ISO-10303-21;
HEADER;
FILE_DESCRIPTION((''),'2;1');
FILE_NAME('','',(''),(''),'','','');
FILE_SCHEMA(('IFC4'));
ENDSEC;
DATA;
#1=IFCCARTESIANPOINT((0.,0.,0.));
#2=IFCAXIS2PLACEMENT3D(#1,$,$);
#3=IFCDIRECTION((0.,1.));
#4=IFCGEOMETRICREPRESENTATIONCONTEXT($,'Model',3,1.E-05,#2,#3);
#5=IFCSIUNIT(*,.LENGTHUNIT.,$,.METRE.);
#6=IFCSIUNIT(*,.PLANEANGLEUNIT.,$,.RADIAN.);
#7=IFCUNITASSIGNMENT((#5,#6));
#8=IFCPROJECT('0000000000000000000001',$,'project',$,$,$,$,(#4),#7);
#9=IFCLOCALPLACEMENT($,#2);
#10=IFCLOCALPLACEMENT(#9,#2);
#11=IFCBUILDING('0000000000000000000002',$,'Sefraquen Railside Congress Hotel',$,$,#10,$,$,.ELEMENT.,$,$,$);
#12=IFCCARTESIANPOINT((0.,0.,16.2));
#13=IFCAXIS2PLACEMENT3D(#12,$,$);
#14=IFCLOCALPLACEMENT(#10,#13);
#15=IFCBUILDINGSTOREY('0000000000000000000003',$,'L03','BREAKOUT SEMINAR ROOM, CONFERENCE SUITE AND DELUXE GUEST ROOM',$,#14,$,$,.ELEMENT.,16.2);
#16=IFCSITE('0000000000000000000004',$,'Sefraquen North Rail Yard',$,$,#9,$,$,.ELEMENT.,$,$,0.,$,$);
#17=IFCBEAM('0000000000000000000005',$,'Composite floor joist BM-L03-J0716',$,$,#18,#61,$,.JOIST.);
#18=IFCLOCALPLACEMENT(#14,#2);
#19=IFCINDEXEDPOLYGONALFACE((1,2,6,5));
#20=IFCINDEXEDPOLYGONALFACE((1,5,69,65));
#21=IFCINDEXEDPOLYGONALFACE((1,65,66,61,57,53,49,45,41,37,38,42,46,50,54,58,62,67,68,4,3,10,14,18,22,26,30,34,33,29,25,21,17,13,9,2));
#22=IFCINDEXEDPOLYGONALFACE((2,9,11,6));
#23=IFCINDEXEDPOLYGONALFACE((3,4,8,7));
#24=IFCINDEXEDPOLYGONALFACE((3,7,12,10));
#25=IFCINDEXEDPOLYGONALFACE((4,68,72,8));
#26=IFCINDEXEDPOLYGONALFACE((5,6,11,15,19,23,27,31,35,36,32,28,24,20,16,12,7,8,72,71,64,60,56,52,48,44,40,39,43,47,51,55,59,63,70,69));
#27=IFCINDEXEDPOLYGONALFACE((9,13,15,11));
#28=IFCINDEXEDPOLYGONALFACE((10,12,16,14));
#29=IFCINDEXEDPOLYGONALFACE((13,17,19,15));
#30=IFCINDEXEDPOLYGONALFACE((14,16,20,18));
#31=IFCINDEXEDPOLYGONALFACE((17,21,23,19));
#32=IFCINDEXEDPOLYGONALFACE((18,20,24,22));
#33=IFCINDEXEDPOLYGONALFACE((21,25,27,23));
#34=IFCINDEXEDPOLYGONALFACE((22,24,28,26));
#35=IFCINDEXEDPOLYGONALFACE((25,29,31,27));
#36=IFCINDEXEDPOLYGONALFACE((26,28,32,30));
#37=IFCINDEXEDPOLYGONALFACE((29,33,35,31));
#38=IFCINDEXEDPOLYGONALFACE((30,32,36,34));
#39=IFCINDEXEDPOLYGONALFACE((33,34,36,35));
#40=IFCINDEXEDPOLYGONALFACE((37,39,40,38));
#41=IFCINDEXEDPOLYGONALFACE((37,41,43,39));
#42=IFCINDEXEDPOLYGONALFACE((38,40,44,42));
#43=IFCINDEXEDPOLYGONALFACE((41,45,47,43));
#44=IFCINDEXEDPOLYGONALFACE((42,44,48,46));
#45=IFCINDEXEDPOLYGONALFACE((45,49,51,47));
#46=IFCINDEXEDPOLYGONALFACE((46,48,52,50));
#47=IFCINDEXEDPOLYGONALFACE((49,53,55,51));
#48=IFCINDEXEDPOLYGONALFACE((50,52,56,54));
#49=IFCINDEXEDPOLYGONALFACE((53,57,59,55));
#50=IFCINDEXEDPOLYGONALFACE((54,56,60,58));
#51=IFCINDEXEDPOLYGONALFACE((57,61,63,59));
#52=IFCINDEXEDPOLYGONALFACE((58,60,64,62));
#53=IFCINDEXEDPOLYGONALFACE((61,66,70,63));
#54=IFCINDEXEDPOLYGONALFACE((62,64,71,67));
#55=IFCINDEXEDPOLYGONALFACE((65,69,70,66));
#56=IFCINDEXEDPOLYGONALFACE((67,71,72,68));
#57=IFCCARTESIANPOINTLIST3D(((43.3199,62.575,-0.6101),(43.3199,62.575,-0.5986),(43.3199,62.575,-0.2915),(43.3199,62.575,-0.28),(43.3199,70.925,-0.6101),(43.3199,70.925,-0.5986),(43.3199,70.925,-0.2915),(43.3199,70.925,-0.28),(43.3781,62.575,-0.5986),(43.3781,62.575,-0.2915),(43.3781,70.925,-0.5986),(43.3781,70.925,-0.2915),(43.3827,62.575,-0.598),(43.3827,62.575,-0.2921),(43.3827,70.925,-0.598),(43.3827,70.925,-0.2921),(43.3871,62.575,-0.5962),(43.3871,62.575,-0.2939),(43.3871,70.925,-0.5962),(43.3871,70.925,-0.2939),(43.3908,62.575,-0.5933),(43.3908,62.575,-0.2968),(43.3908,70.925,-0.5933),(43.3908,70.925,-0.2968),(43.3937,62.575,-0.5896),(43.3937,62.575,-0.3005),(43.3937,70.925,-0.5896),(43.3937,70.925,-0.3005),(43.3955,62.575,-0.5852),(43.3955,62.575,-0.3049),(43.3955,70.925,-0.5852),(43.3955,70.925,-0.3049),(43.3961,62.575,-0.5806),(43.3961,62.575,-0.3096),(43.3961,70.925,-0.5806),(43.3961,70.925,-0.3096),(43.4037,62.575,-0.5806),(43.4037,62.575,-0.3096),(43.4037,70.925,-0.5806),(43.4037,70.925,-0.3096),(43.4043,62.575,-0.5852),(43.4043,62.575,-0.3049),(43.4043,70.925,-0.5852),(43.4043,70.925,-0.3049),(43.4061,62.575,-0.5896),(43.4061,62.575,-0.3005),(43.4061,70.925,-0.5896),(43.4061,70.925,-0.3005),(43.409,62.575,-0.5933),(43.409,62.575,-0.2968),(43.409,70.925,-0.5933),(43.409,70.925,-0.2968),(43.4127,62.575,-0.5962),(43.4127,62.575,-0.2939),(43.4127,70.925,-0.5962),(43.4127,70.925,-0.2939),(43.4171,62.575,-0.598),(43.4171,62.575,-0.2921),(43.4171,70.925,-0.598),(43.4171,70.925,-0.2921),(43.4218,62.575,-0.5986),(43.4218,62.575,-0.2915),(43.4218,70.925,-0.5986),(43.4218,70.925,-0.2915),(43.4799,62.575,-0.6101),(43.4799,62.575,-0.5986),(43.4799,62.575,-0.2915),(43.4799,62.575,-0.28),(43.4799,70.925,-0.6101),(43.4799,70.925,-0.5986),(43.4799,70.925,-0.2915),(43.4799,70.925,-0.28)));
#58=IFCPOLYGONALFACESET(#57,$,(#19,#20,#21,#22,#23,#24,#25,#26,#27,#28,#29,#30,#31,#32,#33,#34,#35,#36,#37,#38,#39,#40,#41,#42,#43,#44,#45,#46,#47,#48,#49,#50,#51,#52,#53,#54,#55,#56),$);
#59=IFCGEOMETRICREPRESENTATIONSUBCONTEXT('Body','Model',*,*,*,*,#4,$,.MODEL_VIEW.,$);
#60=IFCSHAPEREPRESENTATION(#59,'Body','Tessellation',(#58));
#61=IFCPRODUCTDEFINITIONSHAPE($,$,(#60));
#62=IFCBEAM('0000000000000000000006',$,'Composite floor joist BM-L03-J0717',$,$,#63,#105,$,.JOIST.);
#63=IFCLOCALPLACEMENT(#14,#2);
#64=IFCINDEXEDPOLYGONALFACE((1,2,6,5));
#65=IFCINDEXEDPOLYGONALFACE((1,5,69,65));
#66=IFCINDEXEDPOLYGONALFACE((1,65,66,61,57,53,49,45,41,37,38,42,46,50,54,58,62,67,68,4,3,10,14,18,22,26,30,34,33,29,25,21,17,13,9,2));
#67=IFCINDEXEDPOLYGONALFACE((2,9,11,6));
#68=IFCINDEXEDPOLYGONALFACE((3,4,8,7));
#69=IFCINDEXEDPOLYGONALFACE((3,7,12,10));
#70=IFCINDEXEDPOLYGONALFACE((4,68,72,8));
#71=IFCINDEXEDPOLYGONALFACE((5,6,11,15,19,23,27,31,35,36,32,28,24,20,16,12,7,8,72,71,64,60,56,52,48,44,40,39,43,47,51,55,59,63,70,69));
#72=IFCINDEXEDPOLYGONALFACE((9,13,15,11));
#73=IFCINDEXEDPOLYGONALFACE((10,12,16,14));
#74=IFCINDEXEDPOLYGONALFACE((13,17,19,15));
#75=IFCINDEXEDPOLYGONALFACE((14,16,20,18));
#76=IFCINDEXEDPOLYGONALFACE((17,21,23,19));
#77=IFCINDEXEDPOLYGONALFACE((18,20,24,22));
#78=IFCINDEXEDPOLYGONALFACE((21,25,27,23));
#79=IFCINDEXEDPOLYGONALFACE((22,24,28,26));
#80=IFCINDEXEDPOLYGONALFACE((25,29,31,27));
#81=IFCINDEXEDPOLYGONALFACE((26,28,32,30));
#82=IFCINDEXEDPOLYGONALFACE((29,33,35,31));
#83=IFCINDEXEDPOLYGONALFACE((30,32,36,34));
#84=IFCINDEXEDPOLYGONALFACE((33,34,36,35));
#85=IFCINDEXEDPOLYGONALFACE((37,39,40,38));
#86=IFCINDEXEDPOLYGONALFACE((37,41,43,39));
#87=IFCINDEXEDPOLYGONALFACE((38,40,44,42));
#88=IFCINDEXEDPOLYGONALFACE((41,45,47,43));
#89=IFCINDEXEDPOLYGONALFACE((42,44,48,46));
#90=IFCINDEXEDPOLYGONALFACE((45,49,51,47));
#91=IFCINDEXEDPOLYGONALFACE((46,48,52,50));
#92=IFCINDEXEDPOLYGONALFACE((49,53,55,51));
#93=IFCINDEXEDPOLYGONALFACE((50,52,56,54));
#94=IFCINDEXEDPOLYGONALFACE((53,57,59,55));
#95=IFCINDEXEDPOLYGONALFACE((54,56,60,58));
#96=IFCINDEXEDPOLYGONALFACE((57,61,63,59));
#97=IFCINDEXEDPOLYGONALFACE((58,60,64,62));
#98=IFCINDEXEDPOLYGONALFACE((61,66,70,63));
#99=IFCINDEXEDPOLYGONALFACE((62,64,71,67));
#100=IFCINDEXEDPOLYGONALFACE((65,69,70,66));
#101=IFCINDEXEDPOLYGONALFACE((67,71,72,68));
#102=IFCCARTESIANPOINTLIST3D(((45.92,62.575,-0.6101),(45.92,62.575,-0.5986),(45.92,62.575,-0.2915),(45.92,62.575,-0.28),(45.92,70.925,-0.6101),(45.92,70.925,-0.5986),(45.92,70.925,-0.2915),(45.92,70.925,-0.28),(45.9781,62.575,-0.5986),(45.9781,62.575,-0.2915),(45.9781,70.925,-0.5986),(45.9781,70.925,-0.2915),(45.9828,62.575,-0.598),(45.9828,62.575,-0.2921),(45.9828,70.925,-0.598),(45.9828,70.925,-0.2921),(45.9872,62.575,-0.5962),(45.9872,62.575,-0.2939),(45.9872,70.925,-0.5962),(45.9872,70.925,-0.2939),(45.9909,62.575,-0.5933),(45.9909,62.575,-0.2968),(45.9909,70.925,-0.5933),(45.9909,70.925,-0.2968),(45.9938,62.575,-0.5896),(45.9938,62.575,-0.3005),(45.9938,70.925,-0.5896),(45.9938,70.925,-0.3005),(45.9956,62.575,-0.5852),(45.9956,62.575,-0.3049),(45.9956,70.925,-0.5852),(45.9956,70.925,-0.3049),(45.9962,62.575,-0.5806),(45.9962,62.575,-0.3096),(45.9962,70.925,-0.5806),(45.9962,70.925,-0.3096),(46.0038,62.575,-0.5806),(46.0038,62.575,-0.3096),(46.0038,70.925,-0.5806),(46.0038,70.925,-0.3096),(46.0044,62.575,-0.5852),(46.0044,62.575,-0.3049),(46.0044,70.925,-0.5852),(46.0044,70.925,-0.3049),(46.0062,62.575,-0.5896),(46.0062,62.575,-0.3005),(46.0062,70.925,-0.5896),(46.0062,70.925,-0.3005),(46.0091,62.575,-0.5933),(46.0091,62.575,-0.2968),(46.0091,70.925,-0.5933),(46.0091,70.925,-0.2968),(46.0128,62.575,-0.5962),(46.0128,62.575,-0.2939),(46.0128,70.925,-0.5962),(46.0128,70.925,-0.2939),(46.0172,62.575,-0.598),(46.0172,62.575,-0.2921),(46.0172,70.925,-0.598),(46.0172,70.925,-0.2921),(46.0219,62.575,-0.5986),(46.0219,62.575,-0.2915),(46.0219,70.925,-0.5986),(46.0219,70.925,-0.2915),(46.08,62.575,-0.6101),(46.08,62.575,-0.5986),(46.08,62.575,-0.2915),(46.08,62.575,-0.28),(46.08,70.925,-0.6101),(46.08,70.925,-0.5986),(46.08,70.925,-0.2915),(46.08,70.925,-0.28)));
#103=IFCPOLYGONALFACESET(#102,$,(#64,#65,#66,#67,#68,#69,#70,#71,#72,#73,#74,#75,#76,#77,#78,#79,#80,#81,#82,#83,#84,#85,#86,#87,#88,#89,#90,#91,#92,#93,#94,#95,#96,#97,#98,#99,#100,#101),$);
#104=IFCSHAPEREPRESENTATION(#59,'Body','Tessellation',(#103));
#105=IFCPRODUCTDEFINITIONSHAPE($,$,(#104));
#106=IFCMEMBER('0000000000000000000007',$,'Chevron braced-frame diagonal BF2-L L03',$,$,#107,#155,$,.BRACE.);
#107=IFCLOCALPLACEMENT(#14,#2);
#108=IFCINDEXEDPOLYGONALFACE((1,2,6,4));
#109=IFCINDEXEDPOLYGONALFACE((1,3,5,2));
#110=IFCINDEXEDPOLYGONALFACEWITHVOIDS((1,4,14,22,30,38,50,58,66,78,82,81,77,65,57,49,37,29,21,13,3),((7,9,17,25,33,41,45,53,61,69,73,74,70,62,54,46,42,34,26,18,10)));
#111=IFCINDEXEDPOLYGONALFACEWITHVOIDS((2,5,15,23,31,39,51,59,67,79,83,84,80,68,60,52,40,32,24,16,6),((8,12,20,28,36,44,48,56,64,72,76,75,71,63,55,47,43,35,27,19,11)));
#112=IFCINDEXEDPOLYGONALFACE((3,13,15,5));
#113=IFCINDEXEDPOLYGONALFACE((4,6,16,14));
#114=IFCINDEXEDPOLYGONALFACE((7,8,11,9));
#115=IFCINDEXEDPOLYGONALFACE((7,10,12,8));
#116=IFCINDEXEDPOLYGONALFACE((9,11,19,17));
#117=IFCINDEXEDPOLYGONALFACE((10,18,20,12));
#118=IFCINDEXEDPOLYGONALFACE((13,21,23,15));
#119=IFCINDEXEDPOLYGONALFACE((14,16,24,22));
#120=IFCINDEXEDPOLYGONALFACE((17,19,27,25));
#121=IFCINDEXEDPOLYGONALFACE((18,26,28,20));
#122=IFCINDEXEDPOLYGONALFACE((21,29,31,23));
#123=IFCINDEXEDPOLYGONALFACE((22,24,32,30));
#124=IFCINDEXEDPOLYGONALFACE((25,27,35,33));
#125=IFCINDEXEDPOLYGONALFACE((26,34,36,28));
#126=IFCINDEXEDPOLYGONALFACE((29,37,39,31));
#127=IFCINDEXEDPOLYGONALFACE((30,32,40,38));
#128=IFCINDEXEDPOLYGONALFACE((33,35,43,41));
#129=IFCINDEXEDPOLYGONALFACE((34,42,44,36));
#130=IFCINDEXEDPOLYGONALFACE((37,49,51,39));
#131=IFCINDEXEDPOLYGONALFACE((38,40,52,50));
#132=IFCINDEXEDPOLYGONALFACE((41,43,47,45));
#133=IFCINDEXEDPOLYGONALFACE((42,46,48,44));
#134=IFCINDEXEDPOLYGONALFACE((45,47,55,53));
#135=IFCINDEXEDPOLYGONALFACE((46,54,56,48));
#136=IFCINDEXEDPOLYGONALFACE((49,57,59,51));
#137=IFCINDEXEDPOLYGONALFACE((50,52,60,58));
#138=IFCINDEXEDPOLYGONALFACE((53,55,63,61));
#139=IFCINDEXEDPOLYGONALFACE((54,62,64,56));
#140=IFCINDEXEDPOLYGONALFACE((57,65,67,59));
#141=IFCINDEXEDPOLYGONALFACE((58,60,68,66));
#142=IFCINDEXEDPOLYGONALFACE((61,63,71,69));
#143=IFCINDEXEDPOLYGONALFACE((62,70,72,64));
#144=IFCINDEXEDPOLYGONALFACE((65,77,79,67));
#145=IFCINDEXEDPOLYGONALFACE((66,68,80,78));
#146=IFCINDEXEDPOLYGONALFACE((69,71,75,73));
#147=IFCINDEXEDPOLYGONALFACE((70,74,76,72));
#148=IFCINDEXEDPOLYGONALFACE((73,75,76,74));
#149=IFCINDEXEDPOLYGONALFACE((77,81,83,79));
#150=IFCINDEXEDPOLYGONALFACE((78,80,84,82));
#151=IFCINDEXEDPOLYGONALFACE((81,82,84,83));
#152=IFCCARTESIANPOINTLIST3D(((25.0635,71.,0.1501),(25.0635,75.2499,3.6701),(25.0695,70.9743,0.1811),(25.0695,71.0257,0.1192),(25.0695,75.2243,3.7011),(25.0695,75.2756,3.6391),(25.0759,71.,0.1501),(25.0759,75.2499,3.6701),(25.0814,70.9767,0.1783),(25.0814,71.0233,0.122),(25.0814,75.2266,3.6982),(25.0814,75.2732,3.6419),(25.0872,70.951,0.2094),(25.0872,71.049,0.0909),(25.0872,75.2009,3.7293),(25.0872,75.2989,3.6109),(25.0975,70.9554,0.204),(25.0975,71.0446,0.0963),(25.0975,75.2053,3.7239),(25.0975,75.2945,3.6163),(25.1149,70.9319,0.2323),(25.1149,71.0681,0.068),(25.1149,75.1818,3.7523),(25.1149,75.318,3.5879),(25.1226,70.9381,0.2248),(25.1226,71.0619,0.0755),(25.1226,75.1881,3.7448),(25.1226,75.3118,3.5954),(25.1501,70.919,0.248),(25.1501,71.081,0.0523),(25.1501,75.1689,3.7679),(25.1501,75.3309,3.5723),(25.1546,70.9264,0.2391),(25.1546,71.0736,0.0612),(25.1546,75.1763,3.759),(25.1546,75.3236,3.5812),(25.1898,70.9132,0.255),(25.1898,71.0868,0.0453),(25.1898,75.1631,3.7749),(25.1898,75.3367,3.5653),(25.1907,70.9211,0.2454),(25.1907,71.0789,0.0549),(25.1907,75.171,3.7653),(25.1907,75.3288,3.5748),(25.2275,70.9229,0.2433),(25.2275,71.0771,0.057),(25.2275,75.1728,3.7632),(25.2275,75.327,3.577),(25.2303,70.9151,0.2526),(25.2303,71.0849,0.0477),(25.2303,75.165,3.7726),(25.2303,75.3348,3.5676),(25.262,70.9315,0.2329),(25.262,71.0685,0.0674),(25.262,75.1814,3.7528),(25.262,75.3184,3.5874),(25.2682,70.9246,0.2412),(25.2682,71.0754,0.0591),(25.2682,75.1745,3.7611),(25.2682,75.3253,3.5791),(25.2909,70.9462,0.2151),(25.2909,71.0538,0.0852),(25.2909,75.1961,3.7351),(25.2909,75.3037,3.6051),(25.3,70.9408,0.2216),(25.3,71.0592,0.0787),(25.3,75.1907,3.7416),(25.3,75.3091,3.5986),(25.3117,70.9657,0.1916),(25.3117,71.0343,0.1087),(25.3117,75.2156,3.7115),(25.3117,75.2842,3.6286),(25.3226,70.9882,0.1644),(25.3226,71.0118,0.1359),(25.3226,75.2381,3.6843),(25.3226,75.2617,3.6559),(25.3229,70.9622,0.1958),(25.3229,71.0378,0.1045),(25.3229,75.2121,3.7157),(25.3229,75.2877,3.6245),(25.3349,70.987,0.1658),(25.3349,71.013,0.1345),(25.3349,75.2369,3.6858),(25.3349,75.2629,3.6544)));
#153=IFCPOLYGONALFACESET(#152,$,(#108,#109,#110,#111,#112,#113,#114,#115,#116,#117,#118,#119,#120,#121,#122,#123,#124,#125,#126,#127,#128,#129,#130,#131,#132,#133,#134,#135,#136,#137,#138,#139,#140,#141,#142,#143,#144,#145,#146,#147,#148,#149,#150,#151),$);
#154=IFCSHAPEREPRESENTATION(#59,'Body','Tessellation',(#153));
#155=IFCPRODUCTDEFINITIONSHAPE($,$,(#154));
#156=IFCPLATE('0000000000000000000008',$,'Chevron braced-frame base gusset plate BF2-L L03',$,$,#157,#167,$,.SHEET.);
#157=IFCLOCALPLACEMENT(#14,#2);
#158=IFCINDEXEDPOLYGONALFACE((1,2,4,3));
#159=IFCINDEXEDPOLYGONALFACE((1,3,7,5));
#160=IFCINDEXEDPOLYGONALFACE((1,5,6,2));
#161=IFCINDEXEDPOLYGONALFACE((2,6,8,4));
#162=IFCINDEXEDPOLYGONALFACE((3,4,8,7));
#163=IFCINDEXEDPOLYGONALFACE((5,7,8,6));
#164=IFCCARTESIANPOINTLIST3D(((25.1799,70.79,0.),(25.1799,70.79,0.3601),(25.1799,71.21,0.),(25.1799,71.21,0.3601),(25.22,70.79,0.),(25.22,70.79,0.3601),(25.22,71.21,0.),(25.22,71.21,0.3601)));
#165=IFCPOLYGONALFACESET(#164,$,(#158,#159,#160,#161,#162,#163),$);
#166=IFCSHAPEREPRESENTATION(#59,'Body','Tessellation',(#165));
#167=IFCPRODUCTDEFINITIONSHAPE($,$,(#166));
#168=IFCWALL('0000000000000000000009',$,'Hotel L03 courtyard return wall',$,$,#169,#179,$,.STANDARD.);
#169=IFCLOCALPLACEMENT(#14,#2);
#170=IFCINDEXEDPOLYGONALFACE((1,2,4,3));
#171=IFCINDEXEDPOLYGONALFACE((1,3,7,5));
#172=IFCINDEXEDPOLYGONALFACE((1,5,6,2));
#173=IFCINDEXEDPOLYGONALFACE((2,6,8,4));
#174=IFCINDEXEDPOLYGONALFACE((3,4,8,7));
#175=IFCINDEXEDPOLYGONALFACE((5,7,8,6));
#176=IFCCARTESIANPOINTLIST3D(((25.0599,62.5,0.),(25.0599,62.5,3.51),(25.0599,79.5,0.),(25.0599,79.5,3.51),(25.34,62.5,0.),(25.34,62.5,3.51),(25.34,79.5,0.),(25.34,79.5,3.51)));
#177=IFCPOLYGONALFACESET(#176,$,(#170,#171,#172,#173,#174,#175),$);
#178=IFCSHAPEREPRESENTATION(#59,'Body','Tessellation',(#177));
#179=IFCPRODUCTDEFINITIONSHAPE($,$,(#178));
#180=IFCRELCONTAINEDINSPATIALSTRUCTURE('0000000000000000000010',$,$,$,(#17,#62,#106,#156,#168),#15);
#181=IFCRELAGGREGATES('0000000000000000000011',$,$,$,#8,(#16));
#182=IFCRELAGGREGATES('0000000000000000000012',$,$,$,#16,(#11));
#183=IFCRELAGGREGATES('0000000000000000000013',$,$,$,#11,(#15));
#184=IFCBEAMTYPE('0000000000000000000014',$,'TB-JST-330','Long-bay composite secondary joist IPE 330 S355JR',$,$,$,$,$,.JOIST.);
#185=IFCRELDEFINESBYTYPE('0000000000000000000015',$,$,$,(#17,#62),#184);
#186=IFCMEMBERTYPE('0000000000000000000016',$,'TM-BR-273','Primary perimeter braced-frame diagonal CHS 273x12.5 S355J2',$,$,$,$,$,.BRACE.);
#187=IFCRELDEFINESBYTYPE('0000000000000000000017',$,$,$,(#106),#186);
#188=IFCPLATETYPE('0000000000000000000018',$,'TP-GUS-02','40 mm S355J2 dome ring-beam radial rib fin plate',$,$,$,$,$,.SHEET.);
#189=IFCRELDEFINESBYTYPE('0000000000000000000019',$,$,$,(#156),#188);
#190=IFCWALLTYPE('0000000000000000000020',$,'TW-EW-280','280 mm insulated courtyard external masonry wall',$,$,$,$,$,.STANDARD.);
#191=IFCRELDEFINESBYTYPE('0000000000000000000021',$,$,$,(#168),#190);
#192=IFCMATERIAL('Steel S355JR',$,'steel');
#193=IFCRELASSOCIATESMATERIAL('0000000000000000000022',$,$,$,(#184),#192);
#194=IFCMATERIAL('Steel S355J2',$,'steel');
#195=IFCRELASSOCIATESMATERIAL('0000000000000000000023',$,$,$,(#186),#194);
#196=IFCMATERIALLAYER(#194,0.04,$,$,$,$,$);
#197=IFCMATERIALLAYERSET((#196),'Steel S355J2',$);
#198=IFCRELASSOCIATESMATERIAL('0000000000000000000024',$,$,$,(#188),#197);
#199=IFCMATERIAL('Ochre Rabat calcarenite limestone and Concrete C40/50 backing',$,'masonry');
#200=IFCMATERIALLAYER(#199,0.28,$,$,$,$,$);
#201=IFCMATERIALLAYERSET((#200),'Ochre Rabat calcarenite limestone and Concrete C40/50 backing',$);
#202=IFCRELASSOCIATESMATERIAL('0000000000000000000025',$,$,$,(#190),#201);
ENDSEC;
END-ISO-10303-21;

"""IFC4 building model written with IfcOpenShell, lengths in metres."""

from ifc_helpers import new_model, si_unit, direction, frame, frame_2d, origin, origin_2d, place, context, subcontext, project, spatial, rectangle, hollow_circle, i_section, extrude, material, layer, layer_set, material_profile, profile_set, type_object, element, save


model = new_model("IFC4")

# Units and contexts
model_context = context("Model", 3, precision=1e-05, world=origin(), true_north=direction((0.0, 1.0)))
body_context = subcontext(model_context, "Body", "Model", "MODEL_VIEW")
ifc_project = project(units=[si_unit("LENGTHUNIT", "METRE"), si_unit("PLANEANGLEUNIT", "RADIAN")], contexts=[model_context])

# Site, building, storey
site_placement = place(None, origin())
site = spatial("IfcSite", under=ifc_project, at=site_placement, Name="Sefraquen North Rail Yard", CompositionType="ELEMENT", RefElevation=0.0)
building_placement = place(site_placement, origin())
building = spatial("IfcBuilding", under=site, at=building_placement, Name="Sefraquen Railside Congress Hotel", CompositionType="ELEMENT")
storey_placement = place(building_placement, frame((0.0, 0.0, 16.2)))
storey = spatial("IfcBuildingStorey", under=building, at=storey_placement, Name="L03", Description="BREAKOUT SEMINAR ROOM, CONFERENCE SUITE AND DELUXE GUEST ROOM", CompositionType="ELEMENT", Elevation=16.2)

# Shared definitions
ifc_material_1 = material(Name="Steel S355JR", Category="steel")

# Beams
ifc_material_profile_1 = material_profile(ifc_material_1, i_section(OverallWidth=0.1599, OverallDepth=0.3301, WebThickness=0.0076, FlangeThickness=0.0115, FilletRadius=0.0181, at=origin_2d()), Name="IPE 330")
ifc_profile_set_1 = profile_set([ifc_material_profile_1], Name="Steel S355JR")
beam_type_1 = type_object("IfcBeamType", Name="TB-JST-330", Description="Long-bay composite secondary joist IPE 330 S355JR", PredefinedType="JOIST", material=ifc_profile_set_1)
for number, where, z_axis, x_axis, name in (
    (1, (43.3999, 62.575, -0.4451), (0.0, 1.0, 0.0), (-1.0, 0.0, 0.0), "Composite floor joist BM-L03-J0716"),
    (2, (46.0, 62.575, -0.4451), (0.0, 1.0, 0.0), (-1.0, 0.0, 0.0), "Composite floor joist BM-L03-J0717"),
):
    element("IfcBeam", number, at=place(storey_placement, frame(where, z_axis=z_axis, x_axis=x_axis)), inside=storey, type_object=beam_type_1, Name=name, PredefinedType="JOIST", context=body_context, shape_type="SweptSolid", body=[
        extrude(i_section(OverallWidth=0.1599, OverallDepth=0.3301, WebThickness=0.0076, FlangeThickness=0.0115, FilletRadius=0.0181, at=origin_2d()), origin(), (0.0, 0.0, 1.0), 8.3501),
    ])

# Member
ifc_material_2 = material(Name="Steel S355J2", Category="steel")
ifc_material_profile_2 = material_profile(ifc_material_2, hollow_circle(Radius=0.1365, WallThickness=0.0125, at=origin_2d()), Name="CHS 273x12.5")
ifc_profile_set_2 = profile_set([ifc_material_profile_2], Name="Steel S355J2")
member_type = type_object("IfcMemberType", Name="TM-BR-273", Description="Primary perimeter braced-frame diagonal CHS 273x12.5 S355J2", PredefinedType="BRACE", material=ifc_profile_set_2)
member_placement = place(storey_placement, frame((25.2, 71.0, 0.1501), z_axis=(0.0, 0.770147, 0.637866), x_axis=(-1.0, 0.0, 0.0)))
element("IfcMember", 3, at=member_placement, inside=storey, type_object=member_type, Name="Chevron braced-frame diagonal BF2-L L03", PredefinedType="BRACE", context=body_context, shape_type="SweptSolid", body=[
    extrude(hollow_circle(Radius=0.1365, WallThickness=0.0125, at=origin_2d()), origin(), (0.0, 0.0, 1.0), 5.5183),
])

# Plate
ifc_layer_1 = layer(ifc_material_2, 0.04)
ifc_layer_set_1 = layer_set([ifc_layer_1], Name="Steel S355J2")
plate_type = type_object("IfcPlateType", Name="TP-GUS-02", Description="40 mm S355J2 dome ring-beam radial rib fin plate", PredefinedType="SHEET", material=ifc_layer_set_1)
plate_placement = place(storey_placement, frame((25.2, 71.0, 0.0), z_axis=(0.0, 0.0, 1.0), x_axis=(0.0, 1.0, 0.0)))
element("IfcPlate", 4, at=plate_placement, inside=storey, type_object=plate_type, Name="Chevron braced-frame base gusset plate BF2-L L03", PredefinedType="SHEET", context=body_context, shape_type="SweptSolid", body=[
    extrude(rectangle(XDim=0.4199, YDim=0.04, at=origin_2d()), origin(), (0.0, 0.0, 1.0), 0.3601),
])

# Wall
ifc_material_3 = material(Name="Ochre Rabat calcarenite limestone and Concrete C40/50 backing", Category="masonry")
ifc_layer_2 = layer(ifc_material_3, 0.28)
ifc_layer_set_2 = layer_set([ifc_layer_2], Name="Ochre Rabat calcarenite limestone and Concrete C40/50 backing")
wall_type = type_object("IfcWallType", Name="TW-EW-280", Description="280 mm insulated courtyard external masonry wall", PredefinedType="STANDARD", material=ifc_layer_set_2)
wall_placement = place(storey_placement, frame((25.2, 62.5, 0.0), z_axis=(0.0, 0.0, 1.0), x_axis=(0.0, 1.0, 0.0)))
element("IfcWall", 5, at=wall_placement, inside=storey, type_object=wall_type, Name="Hotel L03 courtyard return wall", PredefinedType="STANDARD", context=body_context, shape_type="SweptSolid", body=[
    extrude(rectangle(XDim=17.0, YDim=0.28, at=frame_2d((8.5, 0.0))), origin(), (0.0, 0.0, 1.0), 3.51),
])

save(model, "model.ifc")
